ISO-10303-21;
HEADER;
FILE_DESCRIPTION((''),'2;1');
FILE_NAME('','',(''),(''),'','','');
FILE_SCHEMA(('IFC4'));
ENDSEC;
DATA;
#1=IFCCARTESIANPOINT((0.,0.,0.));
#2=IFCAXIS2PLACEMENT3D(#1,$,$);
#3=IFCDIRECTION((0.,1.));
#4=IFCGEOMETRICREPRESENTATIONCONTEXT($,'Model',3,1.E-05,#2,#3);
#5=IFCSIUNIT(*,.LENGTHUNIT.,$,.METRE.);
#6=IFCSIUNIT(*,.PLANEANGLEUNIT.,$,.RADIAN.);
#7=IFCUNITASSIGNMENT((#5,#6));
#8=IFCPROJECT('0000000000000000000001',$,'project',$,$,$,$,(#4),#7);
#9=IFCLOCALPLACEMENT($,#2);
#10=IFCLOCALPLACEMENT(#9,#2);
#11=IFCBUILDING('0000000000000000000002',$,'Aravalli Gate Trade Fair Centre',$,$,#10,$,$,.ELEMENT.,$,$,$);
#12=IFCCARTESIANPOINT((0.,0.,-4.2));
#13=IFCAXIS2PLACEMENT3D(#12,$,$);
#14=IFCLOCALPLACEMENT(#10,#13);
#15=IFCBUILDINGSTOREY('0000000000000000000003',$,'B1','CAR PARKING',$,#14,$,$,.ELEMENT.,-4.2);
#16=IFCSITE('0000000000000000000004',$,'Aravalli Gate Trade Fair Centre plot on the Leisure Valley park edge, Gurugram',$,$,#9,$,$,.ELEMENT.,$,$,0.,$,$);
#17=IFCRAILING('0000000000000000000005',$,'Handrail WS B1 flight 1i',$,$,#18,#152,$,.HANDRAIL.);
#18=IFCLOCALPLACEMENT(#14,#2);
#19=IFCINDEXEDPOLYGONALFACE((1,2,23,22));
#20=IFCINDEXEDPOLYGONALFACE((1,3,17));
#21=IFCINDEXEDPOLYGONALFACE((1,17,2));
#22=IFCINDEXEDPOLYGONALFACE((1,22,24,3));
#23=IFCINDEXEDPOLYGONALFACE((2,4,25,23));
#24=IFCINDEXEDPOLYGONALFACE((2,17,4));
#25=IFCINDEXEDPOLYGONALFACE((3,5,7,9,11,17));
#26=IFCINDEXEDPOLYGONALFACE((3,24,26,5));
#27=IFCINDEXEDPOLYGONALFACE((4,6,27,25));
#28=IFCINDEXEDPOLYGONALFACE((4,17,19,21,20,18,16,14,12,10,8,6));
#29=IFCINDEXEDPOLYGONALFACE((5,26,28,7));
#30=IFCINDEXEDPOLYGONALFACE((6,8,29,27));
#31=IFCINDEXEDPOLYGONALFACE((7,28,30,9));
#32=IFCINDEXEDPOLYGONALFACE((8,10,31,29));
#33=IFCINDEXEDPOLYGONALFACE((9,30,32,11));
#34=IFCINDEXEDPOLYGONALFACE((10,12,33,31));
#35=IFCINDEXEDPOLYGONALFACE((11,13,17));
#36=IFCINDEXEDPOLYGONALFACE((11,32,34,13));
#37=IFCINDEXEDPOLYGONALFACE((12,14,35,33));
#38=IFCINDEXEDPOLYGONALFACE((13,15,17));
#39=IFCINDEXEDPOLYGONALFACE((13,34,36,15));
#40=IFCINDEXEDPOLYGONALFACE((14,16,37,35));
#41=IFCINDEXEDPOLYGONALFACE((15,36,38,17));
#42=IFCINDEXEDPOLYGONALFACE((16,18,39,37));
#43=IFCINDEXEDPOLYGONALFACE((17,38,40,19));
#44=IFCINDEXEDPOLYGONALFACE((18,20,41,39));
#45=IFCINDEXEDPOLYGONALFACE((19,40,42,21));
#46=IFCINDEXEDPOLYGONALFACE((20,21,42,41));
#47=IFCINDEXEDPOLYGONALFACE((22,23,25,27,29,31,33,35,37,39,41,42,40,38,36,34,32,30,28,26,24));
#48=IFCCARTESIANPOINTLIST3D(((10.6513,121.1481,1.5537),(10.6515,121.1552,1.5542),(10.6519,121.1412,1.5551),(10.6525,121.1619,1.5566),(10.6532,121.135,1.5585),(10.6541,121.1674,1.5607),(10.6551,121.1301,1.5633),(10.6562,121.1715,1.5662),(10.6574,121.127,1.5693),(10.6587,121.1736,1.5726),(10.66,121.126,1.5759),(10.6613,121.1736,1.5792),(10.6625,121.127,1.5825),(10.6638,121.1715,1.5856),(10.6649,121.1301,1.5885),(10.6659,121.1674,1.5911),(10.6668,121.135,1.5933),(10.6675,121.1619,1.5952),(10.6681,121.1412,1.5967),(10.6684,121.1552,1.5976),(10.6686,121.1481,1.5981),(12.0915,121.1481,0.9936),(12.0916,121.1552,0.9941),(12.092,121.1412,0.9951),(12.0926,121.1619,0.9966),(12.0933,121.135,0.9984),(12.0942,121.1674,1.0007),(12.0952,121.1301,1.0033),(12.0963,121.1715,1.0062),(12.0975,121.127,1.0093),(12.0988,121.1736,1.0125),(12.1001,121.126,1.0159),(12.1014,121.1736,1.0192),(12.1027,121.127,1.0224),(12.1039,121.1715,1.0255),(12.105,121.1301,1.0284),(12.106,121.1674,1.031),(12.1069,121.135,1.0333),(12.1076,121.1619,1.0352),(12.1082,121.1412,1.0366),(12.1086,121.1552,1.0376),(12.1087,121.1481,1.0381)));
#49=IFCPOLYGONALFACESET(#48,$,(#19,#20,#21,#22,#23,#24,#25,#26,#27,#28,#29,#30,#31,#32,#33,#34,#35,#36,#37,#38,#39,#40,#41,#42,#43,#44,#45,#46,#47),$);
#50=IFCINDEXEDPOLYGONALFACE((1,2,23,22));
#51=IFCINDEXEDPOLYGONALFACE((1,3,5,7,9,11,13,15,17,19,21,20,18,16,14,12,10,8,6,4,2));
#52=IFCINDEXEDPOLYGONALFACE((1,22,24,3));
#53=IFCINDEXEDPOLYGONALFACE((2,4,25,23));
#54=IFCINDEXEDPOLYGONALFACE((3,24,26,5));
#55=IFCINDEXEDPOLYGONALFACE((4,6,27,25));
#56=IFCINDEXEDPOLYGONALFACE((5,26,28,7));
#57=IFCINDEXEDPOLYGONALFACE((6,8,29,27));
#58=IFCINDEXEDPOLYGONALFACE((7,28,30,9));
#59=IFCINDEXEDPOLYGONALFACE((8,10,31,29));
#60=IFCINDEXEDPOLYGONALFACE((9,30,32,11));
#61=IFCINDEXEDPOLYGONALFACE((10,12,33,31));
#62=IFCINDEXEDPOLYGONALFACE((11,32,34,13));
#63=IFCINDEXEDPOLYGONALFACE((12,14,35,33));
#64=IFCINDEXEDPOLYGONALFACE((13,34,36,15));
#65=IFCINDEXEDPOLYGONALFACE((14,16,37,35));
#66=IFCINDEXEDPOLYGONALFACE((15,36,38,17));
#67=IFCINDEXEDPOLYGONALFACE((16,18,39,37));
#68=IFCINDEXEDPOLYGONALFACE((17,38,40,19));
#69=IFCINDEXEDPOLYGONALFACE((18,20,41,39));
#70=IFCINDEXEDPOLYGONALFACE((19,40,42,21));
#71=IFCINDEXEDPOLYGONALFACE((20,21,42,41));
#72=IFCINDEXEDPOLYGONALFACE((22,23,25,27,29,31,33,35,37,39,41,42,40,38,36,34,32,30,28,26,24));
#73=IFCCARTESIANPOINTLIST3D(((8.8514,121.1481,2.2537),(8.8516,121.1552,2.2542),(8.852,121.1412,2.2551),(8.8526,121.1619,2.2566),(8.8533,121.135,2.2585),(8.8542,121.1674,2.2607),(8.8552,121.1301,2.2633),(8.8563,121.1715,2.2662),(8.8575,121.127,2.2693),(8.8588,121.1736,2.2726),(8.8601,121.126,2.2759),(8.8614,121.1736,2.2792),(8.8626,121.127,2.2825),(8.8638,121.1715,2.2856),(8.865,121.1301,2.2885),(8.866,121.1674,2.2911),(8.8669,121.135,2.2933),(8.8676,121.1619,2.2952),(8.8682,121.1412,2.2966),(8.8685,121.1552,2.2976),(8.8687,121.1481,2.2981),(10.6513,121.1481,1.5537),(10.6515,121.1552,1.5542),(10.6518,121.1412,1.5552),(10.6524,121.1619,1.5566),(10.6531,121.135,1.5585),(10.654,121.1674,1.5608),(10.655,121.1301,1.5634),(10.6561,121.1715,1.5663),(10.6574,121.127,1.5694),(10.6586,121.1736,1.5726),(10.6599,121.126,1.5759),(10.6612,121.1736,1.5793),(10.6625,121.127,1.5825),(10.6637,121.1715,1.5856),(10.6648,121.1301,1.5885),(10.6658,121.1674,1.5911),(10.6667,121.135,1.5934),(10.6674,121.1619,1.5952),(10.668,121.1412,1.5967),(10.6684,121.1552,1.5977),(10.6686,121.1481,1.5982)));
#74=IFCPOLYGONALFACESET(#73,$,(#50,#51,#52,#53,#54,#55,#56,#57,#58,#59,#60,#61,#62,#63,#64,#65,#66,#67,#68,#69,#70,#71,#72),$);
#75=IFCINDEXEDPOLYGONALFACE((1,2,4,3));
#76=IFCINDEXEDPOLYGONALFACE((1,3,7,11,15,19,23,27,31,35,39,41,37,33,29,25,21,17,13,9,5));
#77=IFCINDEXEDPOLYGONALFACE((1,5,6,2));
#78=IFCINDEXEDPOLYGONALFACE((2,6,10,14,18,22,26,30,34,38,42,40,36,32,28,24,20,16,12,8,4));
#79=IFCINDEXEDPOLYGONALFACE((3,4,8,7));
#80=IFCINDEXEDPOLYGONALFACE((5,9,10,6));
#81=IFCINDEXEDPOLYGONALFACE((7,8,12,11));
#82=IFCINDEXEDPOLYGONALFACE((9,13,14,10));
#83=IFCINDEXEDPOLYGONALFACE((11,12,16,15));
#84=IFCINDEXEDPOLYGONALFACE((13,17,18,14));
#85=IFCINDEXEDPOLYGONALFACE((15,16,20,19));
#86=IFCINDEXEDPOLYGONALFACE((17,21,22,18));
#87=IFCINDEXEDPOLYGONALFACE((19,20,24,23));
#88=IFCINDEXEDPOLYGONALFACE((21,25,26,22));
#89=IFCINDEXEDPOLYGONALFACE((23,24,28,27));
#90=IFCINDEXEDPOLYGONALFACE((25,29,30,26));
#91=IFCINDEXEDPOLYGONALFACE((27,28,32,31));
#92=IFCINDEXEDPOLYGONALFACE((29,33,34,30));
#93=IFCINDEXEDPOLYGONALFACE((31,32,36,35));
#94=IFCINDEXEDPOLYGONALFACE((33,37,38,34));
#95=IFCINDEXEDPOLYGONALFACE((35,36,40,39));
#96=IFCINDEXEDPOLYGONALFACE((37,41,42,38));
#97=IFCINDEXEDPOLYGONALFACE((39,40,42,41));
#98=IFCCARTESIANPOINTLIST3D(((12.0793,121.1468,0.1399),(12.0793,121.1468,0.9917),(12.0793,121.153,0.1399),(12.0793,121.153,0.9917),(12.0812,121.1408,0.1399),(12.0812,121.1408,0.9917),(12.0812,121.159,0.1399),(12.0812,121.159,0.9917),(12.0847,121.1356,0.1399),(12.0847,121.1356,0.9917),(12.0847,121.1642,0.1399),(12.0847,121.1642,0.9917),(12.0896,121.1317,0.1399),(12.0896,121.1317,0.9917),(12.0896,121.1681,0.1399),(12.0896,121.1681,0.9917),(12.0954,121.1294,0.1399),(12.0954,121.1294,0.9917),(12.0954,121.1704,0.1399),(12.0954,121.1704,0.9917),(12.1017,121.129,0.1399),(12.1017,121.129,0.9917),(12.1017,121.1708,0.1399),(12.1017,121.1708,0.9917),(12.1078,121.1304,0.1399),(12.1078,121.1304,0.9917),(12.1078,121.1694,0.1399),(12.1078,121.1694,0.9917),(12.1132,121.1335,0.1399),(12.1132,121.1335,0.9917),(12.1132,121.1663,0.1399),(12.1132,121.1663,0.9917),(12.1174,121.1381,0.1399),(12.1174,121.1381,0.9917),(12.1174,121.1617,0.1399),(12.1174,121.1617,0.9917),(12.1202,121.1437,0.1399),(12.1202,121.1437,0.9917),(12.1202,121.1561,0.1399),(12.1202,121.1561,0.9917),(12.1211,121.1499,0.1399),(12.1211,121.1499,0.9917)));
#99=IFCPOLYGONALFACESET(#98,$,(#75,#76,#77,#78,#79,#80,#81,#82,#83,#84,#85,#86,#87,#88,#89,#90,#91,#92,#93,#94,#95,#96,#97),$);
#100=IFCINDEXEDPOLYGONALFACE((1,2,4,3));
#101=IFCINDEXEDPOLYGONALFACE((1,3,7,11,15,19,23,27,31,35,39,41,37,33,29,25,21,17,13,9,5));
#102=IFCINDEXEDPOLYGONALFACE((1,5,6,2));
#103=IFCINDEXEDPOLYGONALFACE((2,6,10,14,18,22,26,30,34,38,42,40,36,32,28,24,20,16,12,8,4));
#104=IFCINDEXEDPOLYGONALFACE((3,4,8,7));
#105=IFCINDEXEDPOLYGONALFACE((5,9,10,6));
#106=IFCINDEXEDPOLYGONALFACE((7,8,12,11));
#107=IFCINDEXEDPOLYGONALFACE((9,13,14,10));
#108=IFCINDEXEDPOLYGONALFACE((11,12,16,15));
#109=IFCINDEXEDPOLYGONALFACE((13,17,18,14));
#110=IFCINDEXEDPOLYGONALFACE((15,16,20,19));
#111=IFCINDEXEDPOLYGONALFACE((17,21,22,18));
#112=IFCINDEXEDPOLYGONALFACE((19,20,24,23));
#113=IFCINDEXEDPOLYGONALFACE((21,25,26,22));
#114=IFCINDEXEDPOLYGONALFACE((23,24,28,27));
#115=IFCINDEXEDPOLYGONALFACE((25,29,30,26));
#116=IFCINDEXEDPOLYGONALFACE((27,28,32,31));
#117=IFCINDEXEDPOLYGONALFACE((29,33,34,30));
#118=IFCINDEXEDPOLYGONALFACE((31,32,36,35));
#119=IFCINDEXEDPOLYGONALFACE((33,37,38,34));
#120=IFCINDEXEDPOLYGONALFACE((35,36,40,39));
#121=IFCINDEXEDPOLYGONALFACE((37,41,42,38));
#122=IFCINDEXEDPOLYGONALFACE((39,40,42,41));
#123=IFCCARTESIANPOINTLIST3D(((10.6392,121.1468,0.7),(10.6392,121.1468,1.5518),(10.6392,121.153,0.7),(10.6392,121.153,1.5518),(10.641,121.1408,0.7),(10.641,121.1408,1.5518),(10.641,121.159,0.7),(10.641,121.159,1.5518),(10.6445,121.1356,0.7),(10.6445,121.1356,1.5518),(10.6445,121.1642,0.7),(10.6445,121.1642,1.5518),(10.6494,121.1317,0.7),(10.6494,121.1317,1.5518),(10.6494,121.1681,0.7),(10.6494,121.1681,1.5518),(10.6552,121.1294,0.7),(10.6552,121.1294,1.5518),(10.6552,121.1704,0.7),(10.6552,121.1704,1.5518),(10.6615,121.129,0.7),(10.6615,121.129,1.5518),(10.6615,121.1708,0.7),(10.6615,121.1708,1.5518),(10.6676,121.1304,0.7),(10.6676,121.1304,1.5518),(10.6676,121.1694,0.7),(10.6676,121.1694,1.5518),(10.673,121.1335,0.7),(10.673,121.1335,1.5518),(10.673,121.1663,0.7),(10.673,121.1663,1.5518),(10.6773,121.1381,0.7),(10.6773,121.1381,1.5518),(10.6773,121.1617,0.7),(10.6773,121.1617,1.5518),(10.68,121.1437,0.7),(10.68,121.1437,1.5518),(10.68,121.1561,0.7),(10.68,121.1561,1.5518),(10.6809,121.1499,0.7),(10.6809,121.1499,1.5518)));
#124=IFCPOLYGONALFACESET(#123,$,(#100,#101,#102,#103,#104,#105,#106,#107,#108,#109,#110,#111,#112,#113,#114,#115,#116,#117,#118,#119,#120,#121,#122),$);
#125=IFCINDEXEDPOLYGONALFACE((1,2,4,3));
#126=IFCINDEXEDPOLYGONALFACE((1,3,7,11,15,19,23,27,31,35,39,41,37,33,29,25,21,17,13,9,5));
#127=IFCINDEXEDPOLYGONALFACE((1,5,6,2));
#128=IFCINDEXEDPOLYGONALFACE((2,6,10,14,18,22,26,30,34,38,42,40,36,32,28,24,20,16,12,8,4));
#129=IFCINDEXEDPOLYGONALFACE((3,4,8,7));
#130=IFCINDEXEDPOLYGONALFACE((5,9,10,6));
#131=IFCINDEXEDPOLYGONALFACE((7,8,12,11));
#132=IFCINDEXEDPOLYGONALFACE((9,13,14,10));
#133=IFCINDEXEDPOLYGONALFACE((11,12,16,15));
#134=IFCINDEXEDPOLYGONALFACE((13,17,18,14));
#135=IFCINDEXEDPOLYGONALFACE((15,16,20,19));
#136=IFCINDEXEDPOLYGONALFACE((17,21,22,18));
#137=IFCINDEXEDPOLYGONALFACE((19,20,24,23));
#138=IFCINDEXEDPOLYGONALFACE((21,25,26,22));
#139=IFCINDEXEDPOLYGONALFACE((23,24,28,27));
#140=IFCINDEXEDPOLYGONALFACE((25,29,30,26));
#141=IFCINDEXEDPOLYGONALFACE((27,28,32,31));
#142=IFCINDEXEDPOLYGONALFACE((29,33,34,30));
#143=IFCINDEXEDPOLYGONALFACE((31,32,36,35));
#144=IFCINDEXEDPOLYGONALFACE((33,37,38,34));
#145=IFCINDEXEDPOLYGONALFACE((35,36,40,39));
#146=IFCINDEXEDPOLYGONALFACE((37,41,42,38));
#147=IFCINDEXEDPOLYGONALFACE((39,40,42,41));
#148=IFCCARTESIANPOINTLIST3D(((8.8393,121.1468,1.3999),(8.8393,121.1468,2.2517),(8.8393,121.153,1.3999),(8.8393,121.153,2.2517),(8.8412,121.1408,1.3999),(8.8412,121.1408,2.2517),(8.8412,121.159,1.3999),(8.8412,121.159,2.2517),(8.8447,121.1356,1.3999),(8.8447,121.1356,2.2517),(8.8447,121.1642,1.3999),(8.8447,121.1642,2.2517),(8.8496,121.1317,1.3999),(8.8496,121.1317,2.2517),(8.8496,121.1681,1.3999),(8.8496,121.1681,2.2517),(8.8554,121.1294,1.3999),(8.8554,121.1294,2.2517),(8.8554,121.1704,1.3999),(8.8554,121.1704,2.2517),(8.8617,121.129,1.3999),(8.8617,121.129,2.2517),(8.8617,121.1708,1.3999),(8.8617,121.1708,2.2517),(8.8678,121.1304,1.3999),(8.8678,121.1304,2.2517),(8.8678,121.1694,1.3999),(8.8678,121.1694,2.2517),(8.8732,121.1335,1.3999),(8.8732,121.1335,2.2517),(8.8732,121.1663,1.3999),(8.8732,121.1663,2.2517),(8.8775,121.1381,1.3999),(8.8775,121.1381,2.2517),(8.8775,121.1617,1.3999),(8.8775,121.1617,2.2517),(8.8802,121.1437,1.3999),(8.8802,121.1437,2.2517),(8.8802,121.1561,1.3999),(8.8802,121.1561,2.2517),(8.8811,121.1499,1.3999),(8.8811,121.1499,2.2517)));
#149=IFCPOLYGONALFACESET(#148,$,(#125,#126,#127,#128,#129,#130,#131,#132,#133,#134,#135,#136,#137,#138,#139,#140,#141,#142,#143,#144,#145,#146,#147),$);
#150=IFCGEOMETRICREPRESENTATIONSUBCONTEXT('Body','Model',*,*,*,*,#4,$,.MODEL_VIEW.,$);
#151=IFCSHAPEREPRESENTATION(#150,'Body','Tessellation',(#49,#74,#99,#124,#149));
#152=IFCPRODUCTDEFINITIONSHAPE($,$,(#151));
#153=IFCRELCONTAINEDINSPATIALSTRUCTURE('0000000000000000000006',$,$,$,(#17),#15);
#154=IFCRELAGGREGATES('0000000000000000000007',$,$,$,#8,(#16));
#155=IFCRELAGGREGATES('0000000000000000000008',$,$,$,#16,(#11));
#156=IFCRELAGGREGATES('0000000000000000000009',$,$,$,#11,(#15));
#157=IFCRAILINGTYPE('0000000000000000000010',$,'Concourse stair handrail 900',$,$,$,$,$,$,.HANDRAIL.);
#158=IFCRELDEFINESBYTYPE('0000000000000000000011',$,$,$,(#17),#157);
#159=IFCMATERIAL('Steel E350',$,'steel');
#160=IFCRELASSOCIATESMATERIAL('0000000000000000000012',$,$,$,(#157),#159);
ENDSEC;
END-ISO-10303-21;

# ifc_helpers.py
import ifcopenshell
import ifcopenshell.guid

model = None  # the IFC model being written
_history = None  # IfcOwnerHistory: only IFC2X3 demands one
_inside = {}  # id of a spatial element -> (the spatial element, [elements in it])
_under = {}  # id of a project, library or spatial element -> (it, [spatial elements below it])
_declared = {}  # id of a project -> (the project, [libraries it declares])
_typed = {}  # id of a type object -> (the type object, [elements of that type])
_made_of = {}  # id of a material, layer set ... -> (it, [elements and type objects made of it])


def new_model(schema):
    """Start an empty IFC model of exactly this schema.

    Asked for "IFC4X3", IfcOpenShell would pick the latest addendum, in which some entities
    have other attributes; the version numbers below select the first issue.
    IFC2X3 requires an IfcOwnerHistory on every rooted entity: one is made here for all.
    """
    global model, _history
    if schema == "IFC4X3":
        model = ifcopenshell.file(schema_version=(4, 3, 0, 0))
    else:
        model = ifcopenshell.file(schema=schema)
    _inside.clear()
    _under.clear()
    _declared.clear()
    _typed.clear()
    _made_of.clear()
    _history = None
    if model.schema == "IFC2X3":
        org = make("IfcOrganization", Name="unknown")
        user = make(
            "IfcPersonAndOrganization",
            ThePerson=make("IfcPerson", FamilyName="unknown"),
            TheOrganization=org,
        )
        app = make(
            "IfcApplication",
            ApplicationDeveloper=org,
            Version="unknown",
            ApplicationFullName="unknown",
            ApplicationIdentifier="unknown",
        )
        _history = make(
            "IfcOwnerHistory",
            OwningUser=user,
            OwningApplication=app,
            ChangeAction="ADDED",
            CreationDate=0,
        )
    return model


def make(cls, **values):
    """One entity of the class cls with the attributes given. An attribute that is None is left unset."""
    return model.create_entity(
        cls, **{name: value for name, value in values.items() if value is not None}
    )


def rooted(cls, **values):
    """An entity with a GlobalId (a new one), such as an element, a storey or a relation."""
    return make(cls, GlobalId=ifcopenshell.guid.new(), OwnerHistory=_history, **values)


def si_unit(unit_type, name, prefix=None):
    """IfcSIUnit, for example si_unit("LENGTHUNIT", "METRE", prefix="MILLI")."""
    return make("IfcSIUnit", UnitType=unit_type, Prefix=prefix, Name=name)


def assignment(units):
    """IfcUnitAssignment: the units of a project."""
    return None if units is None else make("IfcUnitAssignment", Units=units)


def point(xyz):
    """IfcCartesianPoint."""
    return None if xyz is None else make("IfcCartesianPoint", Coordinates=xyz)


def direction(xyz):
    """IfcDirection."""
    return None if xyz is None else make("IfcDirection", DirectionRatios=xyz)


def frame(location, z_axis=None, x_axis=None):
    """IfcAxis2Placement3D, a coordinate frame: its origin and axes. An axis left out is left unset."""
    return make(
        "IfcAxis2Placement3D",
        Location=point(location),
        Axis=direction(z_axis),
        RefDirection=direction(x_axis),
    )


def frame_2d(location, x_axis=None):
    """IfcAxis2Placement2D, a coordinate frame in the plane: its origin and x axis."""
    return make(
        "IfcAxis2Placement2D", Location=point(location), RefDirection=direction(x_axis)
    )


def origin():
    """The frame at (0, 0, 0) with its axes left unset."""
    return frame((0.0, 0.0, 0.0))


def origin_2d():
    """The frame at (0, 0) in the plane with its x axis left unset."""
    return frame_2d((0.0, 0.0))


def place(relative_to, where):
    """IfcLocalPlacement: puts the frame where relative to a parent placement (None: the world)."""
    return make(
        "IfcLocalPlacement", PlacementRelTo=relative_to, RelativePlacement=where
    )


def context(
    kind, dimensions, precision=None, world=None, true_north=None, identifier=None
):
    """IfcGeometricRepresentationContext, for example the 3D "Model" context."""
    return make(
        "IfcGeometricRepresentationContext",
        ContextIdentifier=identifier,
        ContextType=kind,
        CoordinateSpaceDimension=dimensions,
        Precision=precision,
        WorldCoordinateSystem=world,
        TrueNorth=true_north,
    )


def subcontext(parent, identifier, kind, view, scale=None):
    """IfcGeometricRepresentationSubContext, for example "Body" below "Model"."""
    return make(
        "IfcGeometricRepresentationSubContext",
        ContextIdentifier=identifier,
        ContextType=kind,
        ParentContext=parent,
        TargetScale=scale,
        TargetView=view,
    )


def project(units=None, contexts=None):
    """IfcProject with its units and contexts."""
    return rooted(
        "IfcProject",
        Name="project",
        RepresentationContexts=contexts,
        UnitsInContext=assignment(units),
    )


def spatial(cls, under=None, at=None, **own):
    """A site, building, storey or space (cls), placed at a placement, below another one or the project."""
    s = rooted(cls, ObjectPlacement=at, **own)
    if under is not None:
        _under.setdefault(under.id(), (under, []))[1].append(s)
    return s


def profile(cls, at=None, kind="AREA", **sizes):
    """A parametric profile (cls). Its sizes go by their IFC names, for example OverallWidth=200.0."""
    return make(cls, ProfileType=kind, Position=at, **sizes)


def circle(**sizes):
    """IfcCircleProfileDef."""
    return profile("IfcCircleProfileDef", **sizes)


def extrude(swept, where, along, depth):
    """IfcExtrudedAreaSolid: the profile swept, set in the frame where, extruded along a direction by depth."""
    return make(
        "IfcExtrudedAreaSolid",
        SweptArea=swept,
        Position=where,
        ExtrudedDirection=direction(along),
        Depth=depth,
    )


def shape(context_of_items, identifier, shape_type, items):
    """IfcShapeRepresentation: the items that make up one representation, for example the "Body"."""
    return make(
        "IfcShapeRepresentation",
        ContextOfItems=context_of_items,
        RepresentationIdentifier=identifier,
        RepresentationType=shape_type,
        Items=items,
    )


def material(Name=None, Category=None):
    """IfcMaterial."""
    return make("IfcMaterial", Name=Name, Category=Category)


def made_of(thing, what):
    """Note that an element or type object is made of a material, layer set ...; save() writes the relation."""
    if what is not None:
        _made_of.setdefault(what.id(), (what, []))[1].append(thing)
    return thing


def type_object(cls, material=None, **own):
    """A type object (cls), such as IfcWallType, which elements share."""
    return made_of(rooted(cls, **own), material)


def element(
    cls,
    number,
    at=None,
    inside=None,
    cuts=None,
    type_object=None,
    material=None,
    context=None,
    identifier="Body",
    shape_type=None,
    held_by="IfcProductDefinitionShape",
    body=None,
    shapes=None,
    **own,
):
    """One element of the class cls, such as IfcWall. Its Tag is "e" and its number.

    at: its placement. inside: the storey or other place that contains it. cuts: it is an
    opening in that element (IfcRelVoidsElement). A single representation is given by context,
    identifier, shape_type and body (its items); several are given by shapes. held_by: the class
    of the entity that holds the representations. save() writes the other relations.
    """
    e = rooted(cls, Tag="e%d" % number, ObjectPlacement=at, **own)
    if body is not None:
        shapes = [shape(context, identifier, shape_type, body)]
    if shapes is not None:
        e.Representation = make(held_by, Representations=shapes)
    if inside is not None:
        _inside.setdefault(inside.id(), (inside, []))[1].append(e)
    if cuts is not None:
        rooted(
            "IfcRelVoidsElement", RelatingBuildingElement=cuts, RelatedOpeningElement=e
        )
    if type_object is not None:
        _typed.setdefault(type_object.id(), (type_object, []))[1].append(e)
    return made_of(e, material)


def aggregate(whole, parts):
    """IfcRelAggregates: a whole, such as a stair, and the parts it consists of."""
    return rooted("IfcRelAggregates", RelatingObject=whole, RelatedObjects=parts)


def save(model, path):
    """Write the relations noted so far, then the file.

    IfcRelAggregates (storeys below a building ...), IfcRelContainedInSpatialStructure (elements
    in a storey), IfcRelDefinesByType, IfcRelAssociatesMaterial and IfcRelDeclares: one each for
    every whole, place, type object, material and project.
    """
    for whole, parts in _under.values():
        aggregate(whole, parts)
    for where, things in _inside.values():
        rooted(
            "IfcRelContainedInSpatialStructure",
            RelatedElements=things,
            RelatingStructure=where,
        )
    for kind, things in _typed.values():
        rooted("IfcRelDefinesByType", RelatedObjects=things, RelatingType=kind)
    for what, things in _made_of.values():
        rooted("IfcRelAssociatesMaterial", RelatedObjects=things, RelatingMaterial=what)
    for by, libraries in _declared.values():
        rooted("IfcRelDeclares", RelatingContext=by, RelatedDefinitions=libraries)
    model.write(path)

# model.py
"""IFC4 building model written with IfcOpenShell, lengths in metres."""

from ifc_helpers import new_model, si_unit, direction, frame, origin, origin_2d, place, context, subcontext, project, spatial, circle, extrude, material, type_object, element, save


model = new_model("IFC4")

# Units and contexts
model_context = context("Model", 3, precision=1e-05, world=origin(), true_north=direction((0.0, 1.0)))
body_context = subcontext(model_context, "Body", "Model", "MODEL_VIEW")
ifc_project = project(units=[si_unit("LENGTHUNIT", "METRE"), si_unit("PLANEANGLEUNIT", "RADIAN")], contexts=[model_context])

# Site, building, storey
site_placement = place(None, origin())
site = spatial("IfcSite", under=ifc_project, at=site_placement, Name="Aravalli Gate Trade Fair Centre plot on the Leisure Valley park edge, Gurugram", CompositionType="ELEMENT", RefElevation=0.0)
building_placement = place(site_placement, origin())
building = spatial("IfcBuilding", under=site, at=building_placement, Name="Aravalli Gate Trade Fair Centre", CompositionType="ELEMENT")
storey_placement = place(building_placement, frame((0.0, 0.0, -4.2)))
storey = spatial("IfcBuildingStorey", under=building, at=storey_placement, Name="B1", Description="CAR PARKING", CompositionType="ELEMENT", Elevation=-4.2)

# Railing
ifc_material_1 = material(Name="Steel E350", Category="steel")
railing_type = type_object("IfcRailingType", Name="Concourse stair handrail 900", PredefinedType="HANDRAIL", material=ifc_material_1)
for number, where, name in (
    (1, (12.1001, 121.1499, 0.1399), "Handrail WS B1 flight 1i"),
):
    element("IfcRailing", number, at=place(storey_placement, frame(where)), inside=storey, type_object=railing_type, Name=name, PredefinedType="HANDRAIL", context=body_context, shape_type="SweptSolid", body=[
        extrude(circle(Radius=0.0239, at=origin_2d()), frame((0.0, 0.0, 0.876), z_axis=(-0.932008, 0.0, 0.362439), x_axis=(0.0, -1.0, 0.0)), (0.0, 0.0, 1.0), 1.5452),
        extrude(circle(Radius=0.0239, at=origin_2d()), frame((-1.4402, 0.0, 1.436), z_axis=(-0.932, 0.0, 0.362458), x_axis=(0.0, -1.0, 0.0)), (0.0, 0.0, 1.0), 1.9312),
        extrude(circle(Radius=0.021, at=origin_2d()), origin(), (0.0, 0.0, 1.0), 0.8518),
        extrude(circle(Radius=0.021, at=origin_2d()), frame((-1.4402, 0.0, 0.5601)), (0.0, 0.0, 1.0), 0.8518),
        extrude(circle(Radius=0.021, at=origin_2d()), frame((-3.24, 0.0, 1.26)), (0.0, 0.0, 1.0), 0.8518),
    ])

save(model, "model.ifc")
